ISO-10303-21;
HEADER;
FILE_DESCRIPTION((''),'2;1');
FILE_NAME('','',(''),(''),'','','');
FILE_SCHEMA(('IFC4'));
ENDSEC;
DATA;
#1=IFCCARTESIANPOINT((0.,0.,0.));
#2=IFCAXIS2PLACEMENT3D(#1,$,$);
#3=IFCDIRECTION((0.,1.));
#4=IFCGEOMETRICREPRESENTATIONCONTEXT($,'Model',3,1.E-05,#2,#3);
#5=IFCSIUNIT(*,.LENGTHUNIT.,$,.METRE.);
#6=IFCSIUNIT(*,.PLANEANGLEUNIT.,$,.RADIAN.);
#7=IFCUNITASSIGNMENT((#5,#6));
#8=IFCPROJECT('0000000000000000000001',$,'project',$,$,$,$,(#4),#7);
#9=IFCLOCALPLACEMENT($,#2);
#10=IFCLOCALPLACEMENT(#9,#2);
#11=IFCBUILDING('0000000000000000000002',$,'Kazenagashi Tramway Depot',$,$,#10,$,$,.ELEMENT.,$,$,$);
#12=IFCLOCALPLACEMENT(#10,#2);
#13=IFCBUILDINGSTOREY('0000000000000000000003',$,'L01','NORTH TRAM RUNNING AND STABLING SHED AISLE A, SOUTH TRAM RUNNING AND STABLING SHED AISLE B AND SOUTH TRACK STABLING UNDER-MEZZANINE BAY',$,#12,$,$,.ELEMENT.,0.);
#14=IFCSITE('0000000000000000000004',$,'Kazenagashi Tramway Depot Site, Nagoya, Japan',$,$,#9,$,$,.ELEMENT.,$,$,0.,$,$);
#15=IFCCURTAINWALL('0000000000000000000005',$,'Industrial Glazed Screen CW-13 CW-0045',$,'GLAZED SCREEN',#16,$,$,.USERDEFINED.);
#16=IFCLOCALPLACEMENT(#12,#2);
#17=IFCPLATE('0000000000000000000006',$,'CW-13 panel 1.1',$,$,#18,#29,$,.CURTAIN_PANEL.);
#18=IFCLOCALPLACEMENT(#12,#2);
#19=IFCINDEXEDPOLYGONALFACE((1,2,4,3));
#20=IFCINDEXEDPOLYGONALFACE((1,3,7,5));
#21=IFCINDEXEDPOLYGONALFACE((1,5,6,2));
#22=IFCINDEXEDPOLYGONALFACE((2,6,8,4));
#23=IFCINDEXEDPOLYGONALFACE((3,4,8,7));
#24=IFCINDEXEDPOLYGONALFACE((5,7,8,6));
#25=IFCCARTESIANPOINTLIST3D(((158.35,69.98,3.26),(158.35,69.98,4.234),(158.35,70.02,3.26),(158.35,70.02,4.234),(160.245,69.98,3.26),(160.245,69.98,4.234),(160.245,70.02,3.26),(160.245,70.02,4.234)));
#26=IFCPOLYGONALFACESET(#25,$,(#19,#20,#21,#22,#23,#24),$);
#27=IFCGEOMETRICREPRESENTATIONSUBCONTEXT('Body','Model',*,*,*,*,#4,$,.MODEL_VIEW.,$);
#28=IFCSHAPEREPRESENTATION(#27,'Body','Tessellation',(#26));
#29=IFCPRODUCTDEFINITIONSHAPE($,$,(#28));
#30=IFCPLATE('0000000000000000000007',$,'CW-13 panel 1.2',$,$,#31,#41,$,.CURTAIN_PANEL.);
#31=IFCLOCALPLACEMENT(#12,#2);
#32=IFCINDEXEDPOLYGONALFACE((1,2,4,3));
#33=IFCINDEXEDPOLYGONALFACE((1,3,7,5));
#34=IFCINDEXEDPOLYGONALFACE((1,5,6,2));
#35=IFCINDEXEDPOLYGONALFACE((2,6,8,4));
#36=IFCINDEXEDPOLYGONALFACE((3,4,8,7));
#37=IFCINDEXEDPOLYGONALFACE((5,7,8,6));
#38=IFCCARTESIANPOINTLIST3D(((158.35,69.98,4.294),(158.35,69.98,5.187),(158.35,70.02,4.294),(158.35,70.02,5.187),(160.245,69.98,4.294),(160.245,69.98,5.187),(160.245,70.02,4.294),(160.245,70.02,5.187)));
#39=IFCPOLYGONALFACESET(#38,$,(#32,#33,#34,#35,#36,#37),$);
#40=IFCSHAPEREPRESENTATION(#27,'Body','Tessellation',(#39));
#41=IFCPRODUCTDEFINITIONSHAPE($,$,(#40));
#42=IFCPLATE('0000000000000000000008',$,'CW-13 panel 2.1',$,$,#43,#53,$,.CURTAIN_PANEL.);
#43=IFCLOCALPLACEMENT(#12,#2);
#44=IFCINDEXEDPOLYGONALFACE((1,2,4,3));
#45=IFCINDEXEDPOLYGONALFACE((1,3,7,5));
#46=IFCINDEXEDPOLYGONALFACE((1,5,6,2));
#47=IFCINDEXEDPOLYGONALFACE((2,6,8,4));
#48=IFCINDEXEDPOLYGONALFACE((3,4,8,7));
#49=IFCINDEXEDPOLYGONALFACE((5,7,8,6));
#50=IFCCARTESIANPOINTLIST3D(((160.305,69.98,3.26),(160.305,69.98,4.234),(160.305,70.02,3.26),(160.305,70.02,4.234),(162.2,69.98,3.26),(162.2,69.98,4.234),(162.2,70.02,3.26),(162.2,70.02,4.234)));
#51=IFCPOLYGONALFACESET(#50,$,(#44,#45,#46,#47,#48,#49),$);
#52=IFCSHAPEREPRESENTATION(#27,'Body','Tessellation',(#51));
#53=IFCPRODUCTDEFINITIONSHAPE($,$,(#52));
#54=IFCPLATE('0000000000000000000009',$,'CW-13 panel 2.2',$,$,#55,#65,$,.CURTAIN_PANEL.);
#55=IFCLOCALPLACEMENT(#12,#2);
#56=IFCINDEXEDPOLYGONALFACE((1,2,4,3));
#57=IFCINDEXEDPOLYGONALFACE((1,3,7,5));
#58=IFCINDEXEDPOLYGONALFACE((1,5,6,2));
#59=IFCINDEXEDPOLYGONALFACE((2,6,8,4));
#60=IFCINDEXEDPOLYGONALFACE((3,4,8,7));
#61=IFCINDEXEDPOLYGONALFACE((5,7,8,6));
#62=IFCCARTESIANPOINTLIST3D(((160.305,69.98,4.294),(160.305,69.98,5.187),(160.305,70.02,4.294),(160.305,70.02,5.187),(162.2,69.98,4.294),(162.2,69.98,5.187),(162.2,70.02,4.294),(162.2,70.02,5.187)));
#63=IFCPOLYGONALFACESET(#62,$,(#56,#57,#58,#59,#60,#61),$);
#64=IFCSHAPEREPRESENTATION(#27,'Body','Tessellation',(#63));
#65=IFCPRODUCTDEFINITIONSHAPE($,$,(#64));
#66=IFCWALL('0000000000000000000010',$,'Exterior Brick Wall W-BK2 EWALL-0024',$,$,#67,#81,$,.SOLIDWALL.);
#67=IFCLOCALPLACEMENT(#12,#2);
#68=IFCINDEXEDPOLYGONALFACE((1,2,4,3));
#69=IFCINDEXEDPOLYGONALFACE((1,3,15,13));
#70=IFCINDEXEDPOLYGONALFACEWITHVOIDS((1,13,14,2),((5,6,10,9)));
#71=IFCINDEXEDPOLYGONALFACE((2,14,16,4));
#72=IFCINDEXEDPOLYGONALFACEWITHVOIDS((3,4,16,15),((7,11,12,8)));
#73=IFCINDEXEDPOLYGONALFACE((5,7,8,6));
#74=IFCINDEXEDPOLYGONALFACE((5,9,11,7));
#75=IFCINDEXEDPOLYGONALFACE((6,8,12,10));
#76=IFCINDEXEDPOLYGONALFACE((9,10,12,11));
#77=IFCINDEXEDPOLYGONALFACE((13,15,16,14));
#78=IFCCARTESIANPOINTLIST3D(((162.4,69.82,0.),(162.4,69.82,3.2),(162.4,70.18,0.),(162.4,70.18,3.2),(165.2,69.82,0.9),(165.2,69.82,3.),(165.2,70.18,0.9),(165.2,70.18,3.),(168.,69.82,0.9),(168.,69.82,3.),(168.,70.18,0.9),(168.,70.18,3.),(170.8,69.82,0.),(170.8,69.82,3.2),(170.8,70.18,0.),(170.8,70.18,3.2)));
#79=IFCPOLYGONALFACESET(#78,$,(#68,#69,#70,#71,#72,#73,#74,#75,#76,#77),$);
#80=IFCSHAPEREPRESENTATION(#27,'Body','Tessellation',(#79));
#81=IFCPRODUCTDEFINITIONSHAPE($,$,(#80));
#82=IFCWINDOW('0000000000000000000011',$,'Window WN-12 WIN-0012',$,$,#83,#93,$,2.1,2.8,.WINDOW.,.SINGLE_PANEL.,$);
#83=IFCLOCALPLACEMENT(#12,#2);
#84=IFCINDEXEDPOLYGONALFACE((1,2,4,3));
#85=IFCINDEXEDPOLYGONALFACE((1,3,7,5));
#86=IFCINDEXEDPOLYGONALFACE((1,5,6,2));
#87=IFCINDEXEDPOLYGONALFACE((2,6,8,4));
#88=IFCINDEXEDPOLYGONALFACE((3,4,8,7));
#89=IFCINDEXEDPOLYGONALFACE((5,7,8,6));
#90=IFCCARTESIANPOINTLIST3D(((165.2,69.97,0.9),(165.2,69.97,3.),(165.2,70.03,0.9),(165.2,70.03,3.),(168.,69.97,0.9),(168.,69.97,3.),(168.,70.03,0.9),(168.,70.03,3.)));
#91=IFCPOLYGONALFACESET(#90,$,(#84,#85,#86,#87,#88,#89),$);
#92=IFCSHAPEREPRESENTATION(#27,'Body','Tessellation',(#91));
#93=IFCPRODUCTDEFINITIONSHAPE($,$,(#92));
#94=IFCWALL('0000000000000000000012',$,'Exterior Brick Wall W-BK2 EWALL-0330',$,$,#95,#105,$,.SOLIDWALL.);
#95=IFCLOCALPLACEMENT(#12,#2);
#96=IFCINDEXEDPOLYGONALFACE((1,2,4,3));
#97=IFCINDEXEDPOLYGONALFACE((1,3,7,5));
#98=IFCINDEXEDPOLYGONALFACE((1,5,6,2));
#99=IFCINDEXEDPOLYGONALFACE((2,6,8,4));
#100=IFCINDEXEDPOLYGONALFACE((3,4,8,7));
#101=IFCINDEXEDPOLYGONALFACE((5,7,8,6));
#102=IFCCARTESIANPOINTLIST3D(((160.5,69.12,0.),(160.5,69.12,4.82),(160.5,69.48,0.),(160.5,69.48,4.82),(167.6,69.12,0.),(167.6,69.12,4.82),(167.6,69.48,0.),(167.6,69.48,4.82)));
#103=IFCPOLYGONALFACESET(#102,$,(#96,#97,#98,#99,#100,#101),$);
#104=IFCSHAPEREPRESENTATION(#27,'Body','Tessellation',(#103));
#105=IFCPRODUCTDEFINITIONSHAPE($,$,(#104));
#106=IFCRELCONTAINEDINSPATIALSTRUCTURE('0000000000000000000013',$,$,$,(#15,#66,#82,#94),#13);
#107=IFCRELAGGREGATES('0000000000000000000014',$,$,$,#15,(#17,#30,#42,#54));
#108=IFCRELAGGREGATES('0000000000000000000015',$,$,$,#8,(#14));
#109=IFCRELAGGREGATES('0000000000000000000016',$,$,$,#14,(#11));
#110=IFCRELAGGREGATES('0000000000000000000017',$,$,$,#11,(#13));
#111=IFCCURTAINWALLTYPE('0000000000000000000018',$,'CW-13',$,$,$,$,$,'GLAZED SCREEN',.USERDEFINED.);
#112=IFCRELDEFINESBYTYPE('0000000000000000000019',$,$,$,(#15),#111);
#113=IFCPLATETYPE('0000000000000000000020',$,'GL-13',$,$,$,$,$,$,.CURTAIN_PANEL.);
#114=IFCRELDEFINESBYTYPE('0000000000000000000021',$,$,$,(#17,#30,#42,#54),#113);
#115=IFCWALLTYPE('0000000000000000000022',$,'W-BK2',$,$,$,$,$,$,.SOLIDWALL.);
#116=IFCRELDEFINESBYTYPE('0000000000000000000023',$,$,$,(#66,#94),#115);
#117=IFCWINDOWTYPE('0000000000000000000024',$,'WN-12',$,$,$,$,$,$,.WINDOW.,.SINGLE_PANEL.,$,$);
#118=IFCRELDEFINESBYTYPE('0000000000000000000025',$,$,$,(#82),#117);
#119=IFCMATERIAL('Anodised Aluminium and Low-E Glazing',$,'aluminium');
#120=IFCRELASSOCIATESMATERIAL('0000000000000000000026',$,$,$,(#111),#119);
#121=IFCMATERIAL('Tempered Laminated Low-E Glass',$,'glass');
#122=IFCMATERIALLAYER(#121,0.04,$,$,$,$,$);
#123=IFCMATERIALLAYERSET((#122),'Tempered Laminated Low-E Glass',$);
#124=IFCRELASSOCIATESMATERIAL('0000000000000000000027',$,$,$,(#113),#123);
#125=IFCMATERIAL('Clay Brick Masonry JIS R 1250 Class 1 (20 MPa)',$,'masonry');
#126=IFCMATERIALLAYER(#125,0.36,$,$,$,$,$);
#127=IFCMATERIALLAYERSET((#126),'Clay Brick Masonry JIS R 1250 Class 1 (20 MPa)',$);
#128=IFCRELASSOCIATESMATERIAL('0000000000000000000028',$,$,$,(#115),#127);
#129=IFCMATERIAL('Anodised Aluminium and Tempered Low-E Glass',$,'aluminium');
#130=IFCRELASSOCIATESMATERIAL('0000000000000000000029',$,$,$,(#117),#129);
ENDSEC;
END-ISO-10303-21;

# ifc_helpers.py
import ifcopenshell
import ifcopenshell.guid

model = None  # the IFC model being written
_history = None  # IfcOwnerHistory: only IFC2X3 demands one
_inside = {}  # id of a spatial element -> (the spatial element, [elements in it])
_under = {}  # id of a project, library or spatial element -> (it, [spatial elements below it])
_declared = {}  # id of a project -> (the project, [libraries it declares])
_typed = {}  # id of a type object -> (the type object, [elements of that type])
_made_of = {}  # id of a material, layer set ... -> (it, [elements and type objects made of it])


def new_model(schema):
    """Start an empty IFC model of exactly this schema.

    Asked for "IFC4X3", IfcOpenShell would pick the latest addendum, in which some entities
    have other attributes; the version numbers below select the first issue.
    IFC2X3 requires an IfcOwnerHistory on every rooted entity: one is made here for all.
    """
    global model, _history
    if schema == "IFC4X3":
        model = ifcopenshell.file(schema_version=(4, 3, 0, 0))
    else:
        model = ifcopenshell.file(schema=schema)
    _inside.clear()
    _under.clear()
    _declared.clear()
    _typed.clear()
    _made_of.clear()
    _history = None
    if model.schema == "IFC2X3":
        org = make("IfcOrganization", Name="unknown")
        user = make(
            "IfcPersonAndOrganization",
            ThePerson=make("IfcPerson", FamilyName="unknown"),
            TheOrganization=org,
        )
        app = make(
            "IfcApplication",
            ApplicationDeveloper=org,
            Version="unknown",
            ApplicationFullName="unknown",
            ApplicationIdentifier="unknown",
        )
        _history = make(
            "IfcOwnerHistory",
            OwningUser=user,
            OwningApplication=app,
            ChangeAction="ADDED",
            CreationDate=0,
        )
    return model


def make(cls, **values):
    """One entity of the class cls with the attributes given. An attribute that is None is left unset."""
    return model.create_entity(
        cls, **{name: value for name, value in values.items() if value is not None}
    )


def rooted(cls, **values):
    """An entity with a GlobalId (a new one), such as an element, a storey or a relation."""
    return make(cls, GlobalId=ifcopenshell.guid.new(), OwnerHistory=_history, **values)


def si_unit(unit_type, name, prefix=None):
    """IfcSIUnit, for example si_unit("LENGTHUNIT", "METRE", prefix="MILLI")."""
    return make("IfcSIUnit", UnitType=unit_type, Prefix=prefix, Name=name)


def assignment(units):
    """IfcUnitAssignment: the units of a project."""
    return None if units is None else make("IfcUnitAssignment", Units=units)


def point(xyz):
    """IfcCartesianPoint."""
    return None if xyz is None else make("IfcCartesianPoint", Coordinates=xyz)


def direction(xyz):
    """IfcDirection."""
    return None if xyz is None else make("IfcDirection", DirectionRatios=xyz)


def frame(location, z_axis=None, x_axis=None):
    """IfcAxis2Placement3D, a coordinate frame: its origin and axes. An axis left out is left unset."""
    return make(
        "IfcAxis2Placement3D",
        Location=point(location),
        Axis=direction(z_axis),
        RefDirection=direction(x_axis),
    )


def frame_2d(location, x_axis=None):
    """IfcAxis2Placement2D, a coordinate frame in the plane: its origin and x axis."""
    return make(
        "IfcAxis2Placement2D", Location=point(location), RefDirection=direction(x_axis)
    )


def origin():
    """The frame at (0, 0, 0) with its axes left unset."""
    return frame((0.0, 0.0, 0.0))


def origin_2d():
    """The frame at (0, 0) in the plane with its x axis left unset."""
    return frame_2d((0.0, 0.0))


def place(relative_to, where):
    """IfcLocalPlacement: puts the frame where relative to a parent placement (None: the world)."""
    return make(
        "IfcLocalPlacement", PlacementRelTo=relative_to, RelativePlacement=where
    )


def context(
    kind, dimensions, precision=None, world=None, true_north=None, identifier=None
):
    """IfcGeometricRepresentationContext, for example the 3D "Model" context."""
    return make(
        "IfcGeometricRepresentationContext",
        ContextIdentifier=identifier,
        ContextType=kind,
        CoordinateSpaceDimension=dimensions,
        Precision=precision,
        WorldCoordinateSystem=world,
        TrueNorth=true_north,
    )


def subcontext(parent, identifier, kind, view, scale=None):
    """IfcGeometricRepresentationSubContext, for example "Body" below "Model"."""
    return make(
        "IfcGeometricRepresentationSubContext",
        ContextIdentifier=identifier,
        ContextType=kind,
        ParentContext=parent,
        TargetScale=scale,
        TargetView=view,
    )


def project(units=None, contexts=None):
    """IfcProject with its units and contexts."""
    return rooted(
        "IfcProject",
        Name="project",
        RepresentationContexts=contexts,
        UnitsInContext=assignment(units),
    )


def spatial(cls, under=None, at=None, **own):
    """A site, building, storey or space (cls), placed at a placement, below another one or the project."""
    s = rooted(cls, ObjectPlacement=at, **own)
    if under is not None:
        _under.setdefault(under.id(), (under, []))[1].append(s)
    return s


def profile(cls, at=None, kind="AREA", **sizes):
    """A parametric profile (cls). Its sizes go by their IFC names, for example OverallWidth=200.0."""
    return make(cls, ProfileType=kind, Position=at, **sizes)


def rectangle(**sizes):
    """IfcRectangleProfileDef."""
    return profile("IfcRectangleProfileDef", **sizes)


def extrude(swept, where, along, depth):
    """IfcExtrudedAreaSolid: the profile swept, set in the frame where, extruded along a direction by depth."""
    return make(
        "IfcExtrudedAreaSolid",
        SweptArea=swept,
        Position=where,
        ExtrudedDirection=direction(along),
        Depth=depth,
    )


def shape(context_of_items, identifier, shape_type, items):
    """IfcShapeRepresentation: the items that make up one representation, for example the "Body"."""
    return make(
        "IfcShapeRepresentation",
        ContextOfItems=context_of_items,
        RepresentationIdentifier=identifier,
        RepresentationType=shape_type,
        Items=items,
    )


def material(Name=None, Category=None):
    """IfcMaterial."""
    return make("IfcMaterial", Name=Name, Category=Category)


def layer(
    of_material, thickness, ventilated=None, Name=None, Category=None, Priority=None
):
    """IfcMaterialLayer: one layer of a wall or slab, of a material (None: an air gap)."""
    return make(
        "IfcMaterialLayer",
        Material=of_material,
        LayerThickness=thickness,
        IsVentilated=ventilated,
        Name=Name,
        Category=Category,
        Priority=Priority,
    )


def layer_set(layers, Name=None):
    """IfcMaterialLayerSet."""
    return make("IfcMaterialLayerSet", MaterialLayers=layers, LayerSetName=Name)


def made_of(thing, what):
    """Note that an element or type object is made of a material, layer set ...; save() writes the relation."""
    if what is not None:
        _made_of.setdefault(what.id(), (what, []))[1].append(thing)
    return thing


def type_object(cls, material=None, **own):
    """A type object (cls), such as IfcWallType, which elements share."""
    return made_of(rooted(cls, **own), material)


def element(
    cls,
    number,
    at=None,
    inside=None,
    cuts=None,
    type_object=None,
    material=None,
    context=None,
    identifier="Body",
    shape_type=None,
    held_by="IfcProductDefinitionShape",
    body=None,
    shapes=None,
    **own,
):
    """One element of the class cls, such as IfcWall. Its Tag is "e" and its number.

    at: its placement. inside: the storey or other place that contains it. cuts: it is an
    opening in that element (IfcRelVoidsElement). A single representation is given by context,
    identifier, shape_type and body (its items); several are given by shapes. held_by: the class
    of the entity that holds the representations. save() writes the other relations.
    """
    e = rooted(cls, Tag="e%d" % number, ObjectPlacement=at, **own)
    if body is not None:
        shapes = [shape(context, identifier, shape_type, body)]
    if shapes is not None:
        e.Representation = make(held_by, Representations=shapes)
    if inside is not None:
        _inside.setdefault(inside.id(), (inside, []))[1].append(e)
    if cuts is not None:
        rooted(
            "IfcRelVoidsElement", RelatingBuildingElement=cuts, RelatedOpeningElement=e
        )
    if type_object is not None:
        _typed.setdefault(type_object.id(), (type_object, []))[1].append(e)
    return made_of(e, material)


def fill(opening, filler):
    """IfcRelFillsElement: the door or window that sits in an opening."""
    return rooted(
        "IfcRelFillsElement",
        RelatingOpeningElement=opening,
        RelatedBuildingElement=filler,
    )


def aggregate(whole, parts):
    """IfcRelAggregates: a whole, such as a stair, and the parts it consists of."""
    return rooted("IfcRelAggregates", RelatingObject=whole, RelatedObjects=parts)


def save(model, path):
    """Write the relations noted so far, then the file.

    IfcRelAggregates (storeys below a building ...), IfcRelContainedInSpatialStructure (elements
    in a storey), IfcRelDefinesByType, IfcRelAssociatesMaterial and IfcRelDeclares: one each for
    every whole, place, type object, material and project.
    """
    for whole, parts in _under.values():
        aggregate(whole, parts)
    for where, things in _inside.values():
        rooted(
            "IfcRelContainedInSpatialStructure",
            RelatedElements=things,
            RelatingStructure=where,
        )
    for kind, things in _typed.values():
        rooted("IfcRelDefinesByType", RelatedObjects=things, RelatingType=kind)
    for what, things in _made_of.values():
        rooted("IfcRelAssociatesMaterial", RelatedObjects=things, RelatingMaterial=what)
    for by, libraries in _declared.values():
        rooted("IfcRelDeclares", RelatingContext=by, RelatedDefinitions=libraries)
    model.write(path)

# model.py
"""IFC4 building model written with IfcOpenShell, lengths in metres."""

from ifc_helpers import new_model, si_unit, direction, frame, frame_2d, origin, origin_2d, place, context, subcontext, project, spatial, rectangle, extrude, material, layer, layer_set, type_object, element, fill, aggregate, save


model = new_model("IFC4")

# Units and contexts
model_context = context("Model", 3, precision=1e-05, world=origin(), true_north=direction((0.0, 1.0)))
body_context = subcontext(model_context, "Body", "Model", "MODEL_VIEW")
ifc_project = project(units=[si_unit("LENGTHUNIT", "METRE"), si_unit("PLANEANGLEUNIT", "RADIAN")], contexts=[model_context])

# Site, building, storey
site_placement = place(None, origin())
site = spatial("IfcSite", under=ifc_project, at=site_placement, Name="Kazenagashi Tramway Depot Site, Nagoya, Japan", CompositionType="ELEMENT", RefElevation=0.0)
building_placement = place(site_placement, origin())
building = spatial("IfcBuilding", under=site, at=building_placement, Name="Kazenagashi Tramway Depot", CompositionType="ELEMENT")
storey_placement = place(building_placement, origin())
storey = spatial("IfcBuildingStorey", under=building, at=storey_placement, Name="L01", Description="NORTH TRAM RUNNING AND STABLING SHED AISLE A, SOUTH TRAM RUNNING AND STABLING SHED AISLE B AND SOUTH TRACK STABLING UNDER-MEZZANINE BAY", CompositionType="ELEMENT", Elevation=0.0)

# Curtain wall
ifc_material_1 = material(Name="Anodised Aluminium and Low-E Glazing", Category="aluminium")
curtain_wall_type_1 = type_object("IfcCurtainWallType", Name="CW-13", ElementType="GLAZED SCREEN", PredefinedType="USERDEFINED", material=ifc_material_1)
curtain_wall_1_placement = place(storey_placement, origin())
curtain_wall_1 = element("IfcCurtainWall", 1, at=curtain_wall_1_placement, inside=storey, type_object=curtain_wall_type_1, Name="Industrial Glazed Screen CW-13 CW-0045", ObjectType="GLAZED SCREEN", PredefinedType="USERDEFINED")

# Plates
ifc_material_2 = material(Name="Tempered Laminated Low-E Glass", Category="glass")
ifc_layer_1 = layer(ifc_material_2, 0.04)
ifc_layer_set_1 = layer_set([ifc_layer_1], Name="Tempered Laminated Low-E Glass")
plate_type_1 = type_object("IfcPlateType", Name="GL-13", PredefinedType="CURTAIN_PANEL", material=ifc_layer_set_1)
plate_1_placement = place(storey_placement, frame((159.2975, 70.0, 3.26), z_axis=(0.0, 0.0, 1.0), x_axis=(1.0, 0.0, 0.0)))
plate_1 = element("IfcPlate", 2, at=plate_1_placement, type_object=plate_type_1, Name="CW-13 panel 1.1", PredefinedType="CURTAIN_PANEL", context=body_context, shape_type="SweptSolid", body=[
    extrude(rectangle(XDim=1.895, YDim=0.04, at=origin_2d()), origin(), (0.0, 0.0, 1.0), 0.974),
])
plate_2_placement = place(storey_placement, frame((159.2975, 70.0, 4.294), z_axis=(0.0, 0.0, 1.0), x_axis=(1.0, 0.0, 0.0)))
plate_2 = element("IfcPlate", 3, at=plate_2_placement, type_object=plate_type_1, Name="CW-13 panel 1.2", PredefinedType="CURTAIN_PANEL", context=body_context, shape_type="SweptSolid", body=[
    extrude(rectangle(XDim=1.895, YDim=0.04, at=origin_2d()), origin(), (0.0, 0.0, 1.0), 0.893),
])
plate_3_placement = place(storey_placement, frame((161.2525, 70.0, 3.26), z_axis=(0.0, 0.0, 1.0), x_axis=(1.0, 0.0, 0.0)))
plate_3 = element("IfcPlate", 4, at=plate_3_placement, type_object=plate_type_1, Name="CW-13 panel 2.1", PredefinedType="CURTAIN_PANEL", context=body_context, shape_type="SweptSolid", body=[
    extrude(rectangle(XDim=1.895, YDim=0.04, at=origin_2d()), origin(), (0.0, 0.0, 1.0), 0.974),
])
plate_4_placement = place(storey_placement, frame((161.2525, 70.0, 4.294), z_axis=(0.0, 0.0, 1.0), x_axis=(1.0, 0.0, 0.0)))
plate_4 = element("IfcPlate", 5, at=plate_4_placement, type_object=plate_type_1, Name="CW-13 panel 2.2", PredefinedType="CURTAIN_PANEL", context=body_context, shape_type="SweptSolid", body=[
    extrude(rectangle(XDim=1.895, YDim=0.04, at=origin_2d()), origin(), (0.0, 0.0, 1.0), 0.893),
])
aggregate(curtain_wall_1, [plate_1, plate_2, plate_3, plate_4])

# Wall, opening, window
ifc_material_3 = material(Name="Clay Brick Masonry JIS R 1250 Class 1 (20 MPa)", Category="masonry")
ifc_layer_2 = layer(ifc_material_3, 0.36)
ifc_layer_set_2 = layer_set([ifc_layer_2], Name="Clay Brick Masonry JIS R 1250 Class 1 (20 MPa)")
wall_type = type_object("IfcWallType", Name="W-BK2", PredefinedType="SOLIDWALL", material=ifc_layer_set_2)
wall_1_placement = place(storey_placement, frame((162.4, 70.0, 0.0), z_axis=(0.0, 0.0, 1.0), x_axis=(1.0, 0.0, 0.0)))
wall_1 = element("IfcWall", 6, at=wall_1_placement, inside=storey, type_object=wall_type, Name="Exterior Brick Wall W-BK2 EWALL-0024", PredefinedType="SOLIDWALL", context=body_context, shape_type="SweptSolid", body=[
    extrude(rectangle(XDim=8.4, YDim=0.36, at=frame_2d((4.2, 0.0))), origin(), (0.0, 0.0, 1.0), 3.2),
])
opening_placement = place(wall_1_placement, frame((2.8, 0.0, 0.9)))
opening = element("IfcOpeningElement", 7, at=opening_placement, cuts=wall_1, PredefinedType="OPENING", context=body_context, shape_type="SweptSolid", body=[
    extrude(rectangle(XDim=2.8, YDim=2.1, at=frame_2d((1.4, 1.05))), frame((0.0, 0.19, 0.0), z_axis=(0.0, -1.0, 0.0), x_axis=(1.0, 0.0, 0.0)), (0.0, 0.0, 1.0), 0.38),
])
ifc_material_4 = material(Name="Anodised Aluminium and Tempered Low-E Glass", Category="aluminium")
window_type = type_object("IfcWindowType", Name="WN-12", PartitioningType="SINGLE_PANEL", PredefinedType="WINDOW", material=ifc_material_4)
window_placement = place(opening_placement, origin())
window = element("IfcWindow", 8, at=window_placement, inside=storey, type_object=window_type, Name="Window WN-12 WIN-0012", OverallHeight=2.1, OverallWidth=2.8, PartitioningType="SINGLE_PANEL", PredefinedType="WINDOW", context=body_context, shape_type="SweptSolid", body=[
    extrude(rectangle(XDim=2.8, YDim=2.1, at=frame_2d((1.4, 1.05))), frame((0.0, 0.03, 0.0), z_axis=(0.0, -1.0, 0.0), x_axis=(1.0, 0.0, 0.0)), (0.0, 0.0, 1.0), 0.06),
])
fill(opening, window)

# Wall
wall_2_placement = place(storey_placement, frame((160.5, 69.3, 0.0), z_axis=(0.0, 0.0, 1.0), x_axis=(1.0, 0.0, 0.0)))
element("IfcWall", 9, at=wall_2_placement, inside=storey, type_object=wall_type, Name="Exterior Brick Wall W-BK2 EWALL-0330", PredefinedType="SOLIDWALL", context=body_context, shape_type="SweptSolid", body=[
    extrude(rectangle(XDim=7.1, YDim=0.36, at=frame_2d((3.55, 0.0))), origin(), (0.0, 0.0, 1.0), 4.82),
])

save(model, "model.ifc")
